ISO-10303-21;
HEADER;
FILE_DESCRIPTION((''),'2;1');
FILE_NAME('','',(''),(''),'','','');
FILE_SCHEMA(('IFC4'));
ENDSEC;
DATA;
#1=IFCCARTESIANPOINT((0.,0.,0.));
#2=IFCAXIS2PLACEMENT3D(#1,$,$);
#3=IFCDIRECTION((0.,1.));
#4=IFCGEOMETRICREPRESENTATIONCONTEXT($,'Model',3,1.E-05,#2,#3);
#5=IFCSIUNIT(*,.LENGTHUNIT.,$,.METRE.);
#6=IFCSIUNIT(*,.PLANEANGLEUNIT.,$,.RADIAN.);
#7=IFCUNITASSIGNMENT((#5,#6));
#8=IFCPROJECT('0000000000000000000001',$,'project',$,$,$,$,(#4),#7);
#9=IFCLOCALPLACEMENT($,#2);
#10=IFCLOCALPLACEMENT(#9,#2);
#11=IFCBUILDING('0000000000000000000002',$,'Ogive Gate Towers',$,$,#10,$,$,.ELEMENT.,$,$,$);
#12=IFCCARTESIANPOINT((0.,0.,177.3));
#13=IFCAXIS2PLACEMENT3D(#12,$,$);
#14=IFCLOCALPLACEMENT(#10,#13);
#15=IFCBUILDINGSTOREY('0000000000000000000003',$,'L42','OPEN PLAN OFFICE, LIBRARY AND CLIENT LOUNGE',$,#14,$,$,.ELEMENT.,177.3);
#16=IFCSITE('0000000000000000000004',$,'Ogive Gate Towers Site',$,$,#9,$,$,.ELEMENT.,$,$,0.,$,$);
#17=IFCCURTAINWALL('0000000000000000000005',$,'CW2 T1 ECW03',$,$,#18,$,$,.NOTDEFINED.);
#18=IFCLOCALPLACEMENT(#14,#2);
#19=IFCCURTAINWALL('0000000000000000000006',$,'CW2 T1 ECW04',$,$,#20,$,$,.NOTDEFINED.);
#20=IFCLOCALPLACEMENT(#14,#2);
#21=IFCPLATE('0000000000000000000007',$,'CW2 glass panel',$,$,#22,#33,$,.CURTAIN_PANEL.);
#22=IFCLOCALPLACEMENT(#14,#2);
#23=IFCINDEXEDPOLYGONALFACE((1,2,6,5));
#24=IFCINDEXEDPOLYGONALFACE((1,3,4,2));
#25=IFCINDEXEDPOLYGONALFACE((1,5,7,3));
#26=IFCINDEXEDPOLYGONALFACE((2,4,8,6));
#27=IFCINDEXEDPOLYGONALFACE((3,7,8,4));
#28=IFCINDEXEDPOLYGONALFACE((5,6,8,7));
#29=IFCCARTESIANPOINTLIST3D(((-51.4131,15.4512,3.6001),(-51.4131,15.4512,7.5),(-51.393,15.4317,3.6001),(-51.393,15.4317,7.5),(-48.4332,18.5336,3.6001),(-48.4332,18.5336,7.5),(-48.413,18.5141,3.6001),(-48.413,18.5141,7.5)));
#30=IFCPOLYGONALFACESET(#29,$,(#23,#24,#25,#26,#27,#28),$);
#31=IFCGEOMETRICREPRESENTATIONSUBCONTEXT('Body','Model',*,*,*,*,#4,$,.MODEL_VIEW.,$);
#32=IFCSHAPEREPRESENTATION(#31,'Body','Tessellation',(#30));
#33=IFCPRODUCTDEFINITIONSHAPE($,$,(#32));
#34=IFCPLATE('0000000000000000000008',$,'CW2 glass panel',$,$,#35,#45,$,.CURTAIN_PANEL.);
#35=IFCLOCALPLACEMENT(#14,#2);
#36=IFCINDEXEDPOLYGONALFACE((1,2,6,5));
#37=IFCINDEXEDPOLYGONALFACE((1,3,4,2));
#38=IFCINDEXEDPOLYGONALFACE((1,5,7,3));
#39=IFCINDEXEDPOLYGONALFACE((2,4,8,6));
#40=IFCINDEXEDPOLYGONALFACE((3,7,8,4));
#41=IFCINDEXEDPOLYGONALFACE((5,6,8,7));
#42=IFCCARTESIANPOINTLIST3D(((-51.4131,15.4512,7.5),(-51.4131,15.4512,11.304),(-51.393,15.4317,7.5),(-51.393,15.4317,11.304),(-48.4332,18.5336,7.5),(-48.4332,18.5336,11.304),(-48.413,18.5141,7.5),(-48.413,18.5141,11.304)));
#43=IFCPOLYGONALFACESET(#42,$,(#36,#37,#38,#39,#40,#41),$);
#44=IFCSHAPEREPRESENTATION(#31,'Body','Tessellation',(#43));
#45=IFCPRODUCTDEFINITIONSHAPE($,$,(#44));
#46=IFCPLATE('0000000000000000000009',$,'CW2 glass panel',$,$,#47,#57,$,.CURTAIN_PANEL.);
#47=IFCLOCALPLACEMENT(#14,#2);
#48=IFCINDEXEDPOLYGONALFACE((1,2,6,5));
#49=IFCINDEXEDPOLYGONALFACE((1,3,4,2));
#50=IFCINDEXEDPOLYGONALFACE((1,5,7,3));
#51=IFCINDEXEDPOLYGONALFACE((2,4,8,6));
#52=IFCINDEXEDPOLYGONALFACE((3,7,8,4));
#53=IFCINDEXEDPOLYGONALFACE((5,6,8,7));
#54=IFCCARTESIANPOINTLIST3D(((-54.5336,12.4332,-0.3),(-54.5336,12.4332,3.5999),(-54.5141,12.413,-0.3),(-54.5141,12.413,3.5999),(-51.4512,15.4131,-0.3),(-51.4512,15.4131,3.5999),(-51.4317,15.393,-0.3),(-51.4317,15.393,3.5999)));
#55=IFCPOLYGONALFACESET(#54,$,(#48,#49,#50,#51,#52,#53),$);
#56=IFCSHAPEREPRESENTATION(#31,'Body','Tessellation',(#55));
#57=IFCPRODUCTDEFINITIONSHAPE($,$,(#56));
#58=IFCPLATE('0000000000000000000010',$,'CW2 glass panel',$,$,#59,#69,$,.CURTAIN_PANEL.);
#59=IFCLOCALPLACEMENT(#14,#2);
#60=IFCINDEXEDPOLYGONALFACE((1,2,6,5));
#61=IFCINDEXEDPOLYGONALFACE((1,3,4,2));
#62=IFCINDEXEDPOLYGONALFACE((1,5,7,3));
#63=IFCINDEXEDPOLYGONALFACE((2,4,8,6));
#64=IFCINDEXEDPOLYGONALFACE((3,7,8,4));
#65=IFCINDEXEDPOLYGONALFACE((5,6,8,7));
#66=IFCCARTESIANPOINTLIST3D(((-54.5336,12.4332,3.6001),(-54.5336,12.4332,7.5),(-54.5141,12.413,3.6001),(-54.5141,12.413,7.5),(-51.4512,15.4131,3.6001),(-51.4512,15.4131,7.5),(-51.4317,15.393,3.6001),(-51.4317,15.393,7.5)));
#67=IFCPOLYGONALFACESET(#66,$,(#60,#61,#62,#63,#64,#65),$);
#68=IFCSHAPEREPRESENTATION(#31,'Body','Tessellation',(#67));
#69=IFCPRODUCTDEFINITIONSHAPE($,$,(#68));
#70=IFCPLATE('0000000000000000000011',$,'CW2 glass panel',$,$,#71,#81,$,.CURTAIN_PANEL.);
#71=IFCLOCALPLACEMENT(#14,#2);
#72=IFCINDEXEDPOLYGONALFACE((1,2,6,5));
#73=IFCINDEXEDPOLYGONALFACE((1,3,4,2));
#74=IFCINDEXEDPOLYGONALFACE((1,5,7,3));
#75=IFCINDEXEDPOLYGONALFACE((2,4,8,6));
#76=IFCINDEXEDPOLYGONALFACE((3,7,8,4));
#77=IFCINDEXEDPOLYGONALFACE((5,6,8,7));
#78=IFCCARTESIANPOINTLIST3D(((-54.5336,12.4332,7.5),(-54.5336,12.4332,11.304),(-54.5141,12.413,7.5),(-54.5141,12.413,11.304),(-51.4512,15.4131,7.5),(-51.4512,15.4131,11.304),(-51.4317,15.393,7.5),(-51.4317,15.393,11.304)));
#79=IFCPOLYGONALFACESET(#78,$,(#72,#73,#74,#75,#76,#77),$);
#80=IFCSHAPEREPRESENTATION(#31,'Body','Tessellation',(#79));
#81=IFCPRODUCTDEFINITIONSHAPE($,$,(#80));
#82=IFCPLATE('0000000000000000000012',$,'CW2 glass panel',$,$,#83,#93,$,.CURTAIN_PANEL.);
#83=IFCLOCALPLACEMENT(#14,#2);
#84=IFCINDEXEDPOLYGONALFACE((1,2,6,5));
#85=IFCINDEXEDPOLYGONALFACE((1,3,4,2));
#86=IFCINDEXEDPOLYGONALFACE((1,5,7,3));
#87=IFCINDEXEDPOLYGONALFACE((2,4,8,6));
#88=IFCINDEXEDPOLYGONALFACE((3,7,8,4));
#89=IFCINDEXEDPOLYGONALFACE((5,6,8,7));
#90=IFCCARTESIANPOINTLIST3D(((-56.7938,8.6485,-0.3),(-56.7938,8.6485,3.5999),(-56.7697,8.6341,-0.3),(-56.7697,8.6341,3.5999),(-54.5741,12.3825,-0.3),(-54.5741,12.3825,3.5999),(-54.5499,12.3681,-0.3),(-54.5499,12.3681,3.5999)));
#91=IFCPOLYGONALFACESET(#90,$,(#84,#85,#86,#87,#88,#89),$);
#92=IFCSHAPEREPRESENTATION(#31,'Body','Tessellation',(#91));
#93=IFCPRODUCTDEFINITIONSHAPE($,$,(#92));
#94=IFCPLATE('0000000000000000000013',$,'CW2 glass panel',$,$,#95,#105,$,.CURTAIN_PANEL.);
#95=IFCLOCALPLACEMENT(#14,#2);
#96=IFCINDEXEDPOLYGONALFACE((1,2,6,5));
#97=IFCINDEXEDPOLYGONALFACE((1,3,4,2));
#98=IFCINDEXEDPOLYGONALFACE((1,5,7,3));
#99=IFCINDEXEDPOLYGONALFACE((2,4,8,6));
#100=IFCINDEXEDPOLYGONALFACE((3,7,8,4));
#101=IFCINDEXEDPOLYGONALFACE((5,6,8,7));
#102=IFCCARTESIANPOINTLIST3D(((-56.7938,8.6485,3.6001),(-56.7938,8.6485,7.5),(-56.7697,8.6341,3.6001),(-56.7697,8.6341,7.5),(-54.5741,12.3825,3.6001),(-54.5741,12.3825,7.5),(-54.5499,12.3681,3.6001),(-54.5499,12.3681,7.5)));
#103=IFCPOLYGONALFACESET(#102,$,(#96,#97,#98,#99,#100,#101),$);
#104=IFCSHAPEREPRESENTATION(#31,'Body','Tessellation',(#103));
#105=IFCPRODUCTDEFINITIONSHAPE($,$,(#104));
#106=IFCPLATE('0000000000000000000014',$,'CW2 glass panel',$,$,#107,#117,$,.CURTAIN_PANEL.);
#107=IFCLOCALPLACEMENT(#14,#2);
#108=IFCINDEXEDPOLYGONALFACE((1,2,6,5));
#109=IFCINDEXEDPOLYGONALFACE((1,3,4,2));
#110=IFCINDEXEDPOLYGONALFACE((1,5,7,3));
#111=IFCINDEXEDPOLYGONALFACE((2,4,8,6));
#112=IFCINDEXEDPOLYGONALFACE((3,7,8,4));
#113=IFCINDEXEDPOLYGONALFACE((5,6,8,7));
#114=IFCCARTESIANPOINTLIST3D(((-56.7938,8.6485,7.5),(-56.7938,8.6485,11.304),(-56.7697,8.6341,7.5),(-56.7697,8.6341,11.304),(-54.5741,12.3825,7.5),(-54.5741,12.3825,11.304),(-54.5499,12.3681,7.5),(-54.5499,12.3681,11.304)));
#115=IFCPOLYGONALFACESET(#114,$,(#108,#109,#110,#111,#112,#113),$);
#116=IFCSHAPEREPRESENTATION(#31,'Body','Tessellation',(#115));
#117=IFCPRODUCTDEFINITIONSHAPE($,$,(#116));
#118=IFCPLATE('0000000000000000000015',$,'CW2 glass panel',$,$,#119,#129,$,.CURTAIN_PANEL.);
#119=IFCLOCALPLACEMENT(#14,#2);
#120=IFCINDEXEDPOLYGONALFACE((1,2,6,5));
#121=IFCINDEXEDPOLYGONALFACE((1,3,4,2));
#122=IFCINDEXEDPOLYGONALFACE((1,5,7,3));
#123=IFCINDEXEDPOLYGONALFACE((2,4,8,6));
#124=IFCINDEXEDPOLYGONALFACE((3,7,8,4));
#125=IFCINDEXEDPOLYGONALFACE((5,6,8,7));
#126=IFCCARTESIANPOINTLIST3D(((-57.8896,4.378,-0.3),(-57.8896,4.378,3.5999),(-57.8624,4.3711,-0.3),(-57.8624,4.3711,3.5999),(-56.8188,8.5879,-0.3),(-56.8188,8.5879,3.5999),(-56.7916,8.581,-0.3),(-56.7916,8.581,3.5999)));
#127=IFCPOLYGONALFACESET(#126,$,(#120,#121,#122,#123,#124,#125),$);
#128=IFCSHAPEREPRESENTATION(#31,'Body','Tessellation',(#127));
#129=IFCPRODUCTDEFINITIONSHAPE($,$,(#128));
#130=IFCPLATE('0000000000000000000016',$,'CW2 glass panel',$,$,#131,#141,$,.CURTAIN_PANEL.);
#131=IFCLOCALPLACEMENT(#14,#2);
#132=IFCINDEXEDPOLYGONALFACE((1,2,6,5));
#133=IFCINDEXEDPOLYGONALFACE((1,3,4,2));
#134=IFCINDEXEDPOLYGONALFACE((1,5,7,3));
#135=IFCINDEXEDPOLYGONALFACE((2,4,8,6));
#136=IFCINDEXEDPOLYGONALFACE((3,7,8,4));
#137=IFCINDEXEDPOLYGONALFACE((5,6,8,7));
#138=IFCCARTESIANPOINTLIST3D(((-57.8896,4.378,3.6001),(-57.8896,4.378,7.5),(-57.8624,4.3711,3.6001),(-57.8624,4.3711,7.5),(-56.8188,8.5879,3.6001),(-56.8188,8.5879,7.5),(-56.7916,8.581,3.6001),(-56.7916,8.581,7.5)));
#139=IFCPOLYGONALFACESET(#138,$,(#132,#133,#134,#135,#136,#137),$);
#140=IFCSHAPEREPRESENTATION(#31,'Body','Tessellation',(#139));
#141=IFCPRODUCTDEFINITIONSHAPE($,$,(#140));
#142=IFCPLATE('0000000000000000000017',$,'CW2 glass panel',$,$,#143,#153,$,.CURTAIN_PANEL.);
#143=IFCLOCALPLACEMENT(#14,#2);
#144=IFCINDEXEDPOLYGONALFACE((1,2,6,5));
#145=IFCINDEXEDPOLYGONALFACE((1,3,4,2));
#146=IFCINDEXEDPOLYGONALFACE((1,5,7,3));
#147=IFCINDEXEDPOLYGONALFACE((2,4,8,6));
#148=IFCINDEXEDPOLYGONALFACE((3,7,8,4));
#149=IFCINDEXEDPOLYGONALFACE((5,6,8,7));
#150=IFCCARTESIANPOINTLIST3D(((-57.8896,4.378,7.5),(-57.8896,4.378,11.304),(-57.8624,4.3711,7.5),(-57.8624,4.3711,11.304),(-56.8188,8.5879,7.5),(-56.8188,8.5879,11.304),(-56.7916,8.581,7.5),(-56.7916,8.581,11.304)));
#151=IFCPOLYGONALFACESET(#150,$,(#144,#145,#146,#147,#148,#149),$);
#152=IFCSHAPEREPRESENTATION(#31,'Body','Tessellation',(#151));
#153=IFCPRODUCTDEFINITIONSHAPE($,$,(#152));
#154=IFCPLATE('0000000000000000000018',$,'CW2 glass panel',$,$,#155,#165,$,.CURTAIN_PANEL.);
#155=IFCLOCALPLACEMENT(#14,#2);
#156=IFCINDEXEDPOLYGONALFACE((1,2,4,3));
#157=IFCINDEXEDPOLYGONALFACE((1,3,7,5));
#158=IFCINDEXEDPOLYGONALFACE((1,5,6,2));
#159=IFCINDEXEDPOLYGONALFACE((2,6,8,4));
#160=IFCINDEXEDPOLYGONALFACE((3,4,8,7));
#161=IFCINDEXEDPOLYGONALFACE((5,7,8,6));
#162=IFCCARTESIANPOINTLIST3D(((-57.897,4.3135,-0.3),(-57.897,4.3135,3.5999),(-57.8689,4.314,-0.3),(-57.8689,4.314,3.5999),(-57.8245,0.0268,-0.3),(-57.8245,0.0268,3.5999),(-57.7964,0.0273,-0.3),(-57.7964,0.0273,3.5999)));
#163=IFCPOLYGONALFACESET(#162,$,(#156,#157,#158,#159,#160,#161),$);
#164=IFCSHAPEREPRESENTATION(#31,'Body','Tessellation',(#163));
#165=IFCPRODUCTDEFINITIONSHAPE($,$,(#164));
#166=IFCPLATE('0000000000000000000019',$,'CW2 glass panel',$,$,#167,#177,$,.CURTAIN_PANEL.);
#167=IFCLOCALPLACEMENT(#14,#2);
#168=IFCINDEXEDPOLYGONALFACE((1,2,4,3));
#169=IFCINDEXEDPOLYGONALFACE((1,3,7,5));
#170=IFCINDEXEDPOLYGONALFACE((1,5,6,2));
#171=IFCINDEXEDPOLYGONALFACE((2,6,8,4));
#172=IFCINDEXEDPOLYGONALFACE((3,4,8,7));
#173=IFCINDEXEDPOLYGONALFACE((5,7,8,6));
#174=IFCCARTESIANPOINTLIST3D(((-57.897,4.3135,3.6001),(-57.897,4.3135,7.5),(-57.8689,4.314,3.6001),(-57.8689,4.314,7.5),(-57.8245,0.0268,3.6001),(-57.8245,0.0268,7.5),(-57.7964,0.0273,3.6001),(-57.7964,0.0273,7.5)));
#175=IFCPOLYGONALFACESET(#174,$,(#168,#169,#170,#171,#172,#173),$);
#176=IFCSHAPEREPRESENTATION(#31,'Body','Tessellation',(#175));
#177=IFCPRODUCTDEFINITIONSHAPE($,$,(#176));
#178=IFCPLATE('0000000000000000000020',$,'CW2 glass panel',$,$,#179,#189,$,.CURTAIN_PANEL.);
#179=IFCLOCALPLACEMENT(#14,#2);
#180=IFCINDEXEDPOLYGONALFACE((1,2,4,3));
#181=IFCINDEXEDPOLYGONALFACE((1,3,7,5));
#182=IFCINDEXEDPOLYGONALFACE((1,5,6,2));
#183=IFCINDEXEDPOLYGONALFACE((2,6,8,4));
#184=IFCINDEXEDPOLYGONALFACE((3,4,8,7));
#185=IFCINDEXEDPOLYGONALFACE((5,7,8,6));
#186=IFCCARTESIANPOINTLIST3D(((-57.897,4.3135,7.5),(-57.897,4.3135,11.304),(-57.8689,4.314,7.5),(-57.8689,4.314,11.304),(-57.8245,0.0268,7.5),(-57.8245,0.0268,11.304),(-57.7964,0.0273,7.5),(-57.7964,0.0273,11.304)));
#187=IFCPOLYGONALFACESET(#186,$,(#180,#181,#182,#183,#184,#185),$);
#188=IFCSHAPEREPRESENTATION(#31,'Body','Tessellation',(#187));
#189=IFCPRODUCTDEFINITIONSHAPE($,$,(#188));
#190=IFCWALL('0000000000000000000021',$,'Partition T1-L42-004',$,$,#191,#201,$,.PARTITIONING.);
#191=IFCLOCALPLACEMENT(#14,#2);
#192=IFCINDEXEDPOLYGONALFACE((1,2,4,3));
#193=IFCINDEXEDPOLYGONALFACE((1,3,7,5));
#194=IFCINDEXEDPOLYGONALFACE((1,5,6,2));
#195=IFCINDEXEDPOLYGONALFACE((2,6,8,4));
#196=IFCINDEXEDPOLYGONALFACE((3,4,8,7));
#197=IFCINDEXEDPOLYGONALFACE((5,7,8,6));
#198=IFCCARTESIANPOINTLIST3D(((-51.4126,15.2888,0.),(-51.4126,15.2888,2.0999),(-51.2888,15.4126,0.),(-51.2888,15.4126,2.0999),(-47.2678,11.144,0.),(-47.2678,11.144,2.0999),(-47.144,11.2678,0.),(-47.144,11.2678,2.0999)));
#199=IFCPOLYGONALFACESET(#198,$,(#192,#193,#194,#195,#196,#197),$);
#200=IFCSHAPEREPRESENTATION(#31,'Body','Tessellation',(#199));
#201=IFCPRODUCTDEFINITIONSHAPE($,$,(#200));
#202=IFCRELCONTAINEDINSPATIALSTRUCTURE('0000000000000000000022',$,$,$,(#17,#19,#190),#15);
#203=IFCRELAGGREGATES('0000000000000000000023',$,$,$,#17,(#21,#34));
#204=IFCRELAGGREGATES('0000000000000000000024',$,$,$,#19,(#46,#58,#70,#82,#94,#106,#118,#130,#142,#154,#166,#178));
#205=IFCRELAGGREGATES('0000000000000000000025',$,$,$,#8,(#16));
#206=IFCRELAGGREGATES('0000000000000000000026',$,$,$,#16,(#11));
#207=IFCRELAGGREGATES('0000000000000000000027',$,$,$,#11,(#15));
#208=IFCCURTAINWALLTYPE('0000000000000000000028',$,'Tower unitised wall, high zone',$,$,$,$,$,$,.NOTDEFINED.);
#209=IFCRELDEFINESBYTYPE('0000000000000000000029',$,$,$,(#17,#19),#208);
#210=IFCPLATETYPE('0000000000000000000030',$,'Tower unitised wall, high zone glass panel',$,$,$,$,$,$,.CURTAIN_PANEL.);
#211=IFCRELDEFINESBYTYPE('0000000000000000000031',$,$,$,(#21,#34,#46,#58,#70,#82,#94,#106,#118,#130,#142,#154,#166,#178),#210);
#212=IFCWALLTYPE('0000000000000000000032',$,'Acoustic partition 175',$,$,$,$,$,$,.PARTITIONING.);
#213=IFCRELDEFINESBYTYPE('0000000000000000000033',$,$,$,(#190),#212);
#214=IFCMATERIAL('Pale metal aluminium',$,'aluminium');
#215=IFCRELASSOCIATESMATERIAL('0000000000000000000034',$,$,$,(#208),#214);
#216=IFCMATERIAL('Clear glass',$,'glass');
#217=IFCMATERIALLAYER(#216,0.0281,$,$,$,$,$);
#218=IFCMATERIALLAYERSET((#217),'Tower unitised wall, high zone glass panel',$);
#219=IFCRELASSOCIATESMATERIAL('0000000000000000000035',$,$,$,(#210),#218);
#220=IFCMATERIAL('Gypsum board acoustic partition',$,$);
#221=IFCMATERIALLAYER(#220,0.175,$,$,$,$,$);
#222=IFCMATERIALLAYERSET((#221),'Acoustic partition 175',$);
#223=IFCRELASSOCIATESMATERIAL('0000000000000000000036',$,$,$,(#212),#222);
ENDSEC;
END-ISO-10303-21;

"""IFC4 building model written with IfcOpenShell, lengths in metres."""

from ifc_helpers import new_model, si_unit, direction, frame, frame_2d, origin, origin_2d, place, context, subcontext, project, spatial, rectangle, extrude, material, layer, layer_set, type_object, element, aggregate, save


model = new_model("IFC4")

# Units and contexts
model_context = context("Model", 3, precision=1e-05, world=origin(), true_north=direction((0.0, 1.0)))
body_context = subcontext(model_context, "Body", "Model", "MODEL_VIEW")
ifc_project = project(units=[si_unit("LENGTHUNIT", "METRE"), si_unit("PLANEANGLEUNIT", "RADIAN")], contexts=[model_context])

# Site, building, storey
site_placement = place(None, origin())
site = spatial("IfcSite", under=ifc_project, at=site_placement, Name="Ogive Gate Towers Site", CompositionType="ELEMENT", RefElevation=0.0)
building_placement = place(site_placement, origin())
building = spatial("IfcBuilding", under=site, at=building_placement, Name="Ogive Gate Towers", CompositionType="ELEMENT")
storey_placement = place(building_placement, frame((0.0, 0.0, 177.3)))
storey = spatial("IfcBuildingStorey", under=building, at=storey_placement, Name="L42", Description="OPEN PLAN OFFICE, LIBRARY AND CLIENT LOUNGE", CompositionType="ELEMENT", Elevation=177.3)

# Curtain walls
ifc_material_1 = material(Name="Pale metal aluminium", Category="aluminium")
curtain_wall_type = type_object("IfcCurtainWallType", Name="Tower unitised wall, high zone", PredefinedType="NOTDEFINED", material=ifc_material_1)
curtain_wall_1_placement = place(storey_placement, origin())
curtain_wall_1 = element("IfcCurtainWall", 1, at=curtain_wall_1_placement, inside=storey, type_object=curtain_wall_type, Name="CW2 T1 ECW03", PredefinedType="NOTDEFINED")
curtain_wall_2_placement = place(storey_placement, origin())
curtain_wall_2 = element("IfcCurtainWall", 2, at=curtain_wall_2_placement, inside=storey, type_object=curtain_wall_type, Name="CW2 T1 ECW04", PredefinedType="NOTDEFINED")

# Plates
ifc_material_2 = material(Name="Clear glass", Category="glass")
ifc_layer_1 = layer(ifc_material_2, 0.0281)
ifc_layer_set_1 = layer_set([ifc_layer_1], Name="Tower unitised wall, high zone glass panel")
plate_type = type_object("IfcPlateType", Name="Tower unitised wall, high zone glass panel", PredefinedType="CURTAIN_PANEL", material=ifc_layer_set_1)
plate_1_placement = place(storey_placement, frame((-49.9131, 16.9827, 3.6001), z_axis=(0.0, 0.0, 1.0), x_axis=(-0.695047, -0.718964, 0.0)))
plate_1 = element("IfcPlate", 3, at=plate_1_placement, type_object=plate_type, Name="CW2 glass panel", PredefinedType="CURTAIN_PANEL", context=body_context, shape_type="SweptSolid", body=[
    extrude(rectangle(XDim=4.2874, YDim=0.0281, at=origin_2d()), origin(), (0.0, 0.0, 1.0), 3.8999),
])
plate_2_placement = place(storey_placement, frame((-49.9131, 16.9827, 7.5), z_axis=(0.0, 0.0, 1.0), x_axis=(-0.695047, -0.718964, 0.0)))
plate_2 = element("IfcPlate", 4, at=plate_2_placement, type_object=plate_type, Name="CW2 glass panel", PredefinedType="CURTAIN_PANEL", context=body_context, shape_type="SweptSolid", body=[
    extrude(rectangle(XDim=4.2874, YDim=0.0281, at=origin_2d()), origin(), (0.0, 0.0, 1.0), 3.804),
])
aggregate(curtain_wall_1, [plate_1, plate_2])
plate_3_placement = place(storey_placement, frame((-52.9827, 13.9131, -0.3), z_axis=(0.0, 0.0, 1.0), x_axis=(-0.718964, -0.695047, 0.0)))
plate_3 = element("IfcPlate", 5, at=plate_3_placement, type_object=plate_type, Name="CW2 glass panel", PredefinedType="CURTAIN_PANEL", context=body_context, shape_type="SweptSolid", body=[
    extrude(rectangle(XDim=4.2874, YDim=0.0281, at=origin_2d()), origin(), (0.0, 0.0, 1.0), 3.8999),
])
plate_4_placement = place(storey_placement, frame((-52.9827, 13.9131, 3.6001), z_axis=(0.0, 0.0, 1.0), x_axis=(-0.718964, -0.695047, 0.0)))
plate_4 = element("IfcPlate", 6, at=plate_4_placement, type_object=plate_type, Name="CW2 glass panel", PredefinedType="CURTAIN_PANEL", context=body_context, shape_type="SweptSolid", body=[
    extrude(rectangle(XDim=4.2874, YDim=0.0281, at=origin_2d()), origin(), (0.0, 0.0, 1.0), 3.8999),
])
plate_5_placement = place(storey_placement, frame((-52.9827, 13.9131, 7.5), z_axis=(0.0, 0.0, 1.0), x_axis=(-0.718964, -0.695047, 0.0)))
plate_5 = element("IfcPlate", 7, at=plate_5_placement, type_object=plate_type, Name="CW2 glass panel", PredefinedType="CURTAIN_PANEL", context=body_context, shape_type="SweptSolid", body=[
    extrude(rectangle(XDim=4.2874, YDim=0.0281, at=origin_2d()), origin(), (0.0, 0.0, 1.0), 3.804),
])
plate_6_placement = place(storey_placement, frame((-55.6719, 10.5083, -0.3), z_axis=(0.0, 0.0, 1.0), x_axis=(-0.510993, -0.859585, 0.0)))
plate_6 = element("IfcPlate", 8, at=plate_6_placement, type_object=plate_type, Name="CW2 glass panel", PredefinedType="CURTAIN_PANEL", context=body_context, shape_type="SweptSolid", body=[
    extrude(rectangle(XDim=4.344, YDim=0.0281, at=origin_2d()), origin(), (0.0, 0.0, 1.0), 3.8999),
])
plate_7_placement = place(storey_placement, frame((-55.6719, 10.5083, 3.6001), z_axis=(0.0, 0.0, 1.0), x_axis=(-0.510993, -0.859585, 0.0)))
plate_7 = element("IfcPlate", 9, at=plate_7_placement, type_object=plate_type, Name="CW2 glass panel", PredefinedType="CURTAIN_PANEL", context=body_context, shape_type="SweptSolid", body=[
    extrude(rectangle(XDim=4.344, YDim=0.0281, at=origin_2d()), origin(), (0.0, 0.0, 1.0), 3.8999),
])
plate_8_placement = place(storey_placement, frame((-55.6719, 10.5083, 7.5), z_axis=(0.0, 0.0, 1.0), x_axis=(-0.510993, -0.859585, 0.0)))
plate_8 = element("IfcPlate", 10, at=plate_8_placement, type_object=plate_type, Name="CW2 glass panel", PredefinedType="CURTAIN_PANEL", context=body_context, shape_type="SweptSolid", body=[
    extrude(rectangle(XDim=4.344, YDim=0.0281, at=origin_2d()), origin(), (0.0, 0.0, 1.0), 3.804),
])
plate_9_placement = place(storey_placement, frame((-57.3406, 6.4795, -0.3), z_axis=(0.0, 0.0, 1.0), x_axis=(-0.246492, -0.969145, 0.0)))
plate_9 = element("IfcPlate", 11, at=plate_9_placement, type_object=plate_type, Name="CW2 glass panel", PredefinedType="CURTAIN_PANEL", context=body_context, shape_type="SweptSolid", body=[
    extrude(rectangle(XDim=4.344, YDim=0.0281, at=origin_2d()), origin(), (0.0, 0.0, 1.0), 3.8999),
])
plate_10_placement = place(storey_placement, frame((-57.3406, 6.4795, 3.6001), z_axis=(0.0, 0.0, 1.0), x_axis=(-0.246492, -0.969145, 0.0)))
plate_10 = element("IfcPlate", 12, at=plate_10_placement, type_object=plate_type, Name="CW2 glass panel", PredefinedType="CURTAIN_PANEL", context=body_context, shape_type="SweptSolid", body=[
    extrude(rectangle(XDim=4.344, YDim=0.0281, at=origin_2d()), origin(), (0.0, 0.0, 1.0), 3.8999),
])
plate_11_placement = place(storey_placement, frame((-57.3406, 6.4795, 7.5), z_axis=(0.0, 0.0, 1.0), x_axis=(-0.246492, -0.969145, 0.0)))
plate_11 = element("IfcPlate", 13, at=plate_11_placement, type_object=plate_type, Name="CW2 glass panel", PredefinedType="CURTAIN_PANEL", context=body_context, shape_type="SweptSolid", body=[
    extrude(rectangle(XDim=4.344, YDim=0.0281, at=origin_2d()), origin(), (0.0, 0.0, 1.0), 3.804),
])
plate_12_placement = place(storey_placement, frame((-57.8467, 2.1704, -0.3), z_axis=(0.0, 0.0, 1.0), x_axis=(0.016911, -0.999857, 0.0)))
plate_12 = element("IfcPlate", 14, at=plate_12_placement, type_object=plate_type, Name="CW2 glass panel", PredefinedType="CURTAIN_PANEL", context=body_context, shape_type="SweptSolid", body=[
    extrude(rectangle(XDim=4.2874, YDim=0.0281, at=origin_2d()), origin(), (0.0, 0.0, 1.0), 3.8999),
])
plate_13_placement = place(storey_placement, frame((-57.8467, 2.1704, 3.6001), z_axis=(0.0, 0.0, 1.0), x_axis=(0.016911, -0.999857, 0.0)))
plate_13 = element("IfcPlate", 15, at=plate_13_placement, type_object=plate_type, Name="CW2 glass panel", PredefinedType="CURTAIN_PANEL", context=body_context, shape_type="SweptSolid", body=[
    extrude(rectangle(XDim=4.2874, YDim=0.0281, at=origin_2d()), origin(), (0.0, 0.0, 1.0), 3.8999),
])
plate_14_placement = place(storey_placement, frame((-57.8467, 2.1704, 7.5), z_axis=(0.0, 0.0, 1.0), x_axis=(0.016911, -0.999857, 0.0)))
plate_14 = element("IfcPlate", 16, at=plate_14_placement, type_object=plate_type, Name="CW2 glass panel", PredefinedType="CURTAIN_PANEL", context=body_context, shape_type="SweptSolid", body=[
    extrude(rectangle(XDim=4.2874, YDim=0.0281, at=origin_2d()), origin(), (0.0, 0.0, 1.0), 3.804),
])
aggregate(curtain_wall_2, [plate_3, plate_4, plate_5, plate_6, plate_7, plate_8, plate_9, plate_10, plate_11, plate_12, plate_13, plate_14])

# Wall
ifc_material_3 = material(Name="Gypsum board acoustic partition")
ifc_layer_2 = layer(ifc_material_3, 0.175)
ifc_layer_set_2 = layer_set([ifc_layer_2], Name="Acoustic partition 175")
wall_type_1 = type_object("IfcWallType", Name="Acoustic partition 175", PredefinedType="PARTITIONING", material=ifc_layer_set_2)
wall_1_placement = place(storey_placement, frame((-51.3506, 15.3506, 0.0), z_axis=(0.0, 0.0, 1.0), x_axis=(0.707107, -0.707107, 0.0)))
element("IfcWall", 17, at=wall_1_placement, inside=storey, type_object=wall_type_1, Name="Partition T1-L42-004", PredefinedType="PARTITIONING", context=body_context, shape_type="SweptSolid", body=[
    extrude(rectangle(XDim=5.8616, YDim=0.175, at=frame_2d((2.9307, 0.0))), origin(), (0.0, 0.0, 1.0), 2.0999),
])

save(model, "model.ifc")
